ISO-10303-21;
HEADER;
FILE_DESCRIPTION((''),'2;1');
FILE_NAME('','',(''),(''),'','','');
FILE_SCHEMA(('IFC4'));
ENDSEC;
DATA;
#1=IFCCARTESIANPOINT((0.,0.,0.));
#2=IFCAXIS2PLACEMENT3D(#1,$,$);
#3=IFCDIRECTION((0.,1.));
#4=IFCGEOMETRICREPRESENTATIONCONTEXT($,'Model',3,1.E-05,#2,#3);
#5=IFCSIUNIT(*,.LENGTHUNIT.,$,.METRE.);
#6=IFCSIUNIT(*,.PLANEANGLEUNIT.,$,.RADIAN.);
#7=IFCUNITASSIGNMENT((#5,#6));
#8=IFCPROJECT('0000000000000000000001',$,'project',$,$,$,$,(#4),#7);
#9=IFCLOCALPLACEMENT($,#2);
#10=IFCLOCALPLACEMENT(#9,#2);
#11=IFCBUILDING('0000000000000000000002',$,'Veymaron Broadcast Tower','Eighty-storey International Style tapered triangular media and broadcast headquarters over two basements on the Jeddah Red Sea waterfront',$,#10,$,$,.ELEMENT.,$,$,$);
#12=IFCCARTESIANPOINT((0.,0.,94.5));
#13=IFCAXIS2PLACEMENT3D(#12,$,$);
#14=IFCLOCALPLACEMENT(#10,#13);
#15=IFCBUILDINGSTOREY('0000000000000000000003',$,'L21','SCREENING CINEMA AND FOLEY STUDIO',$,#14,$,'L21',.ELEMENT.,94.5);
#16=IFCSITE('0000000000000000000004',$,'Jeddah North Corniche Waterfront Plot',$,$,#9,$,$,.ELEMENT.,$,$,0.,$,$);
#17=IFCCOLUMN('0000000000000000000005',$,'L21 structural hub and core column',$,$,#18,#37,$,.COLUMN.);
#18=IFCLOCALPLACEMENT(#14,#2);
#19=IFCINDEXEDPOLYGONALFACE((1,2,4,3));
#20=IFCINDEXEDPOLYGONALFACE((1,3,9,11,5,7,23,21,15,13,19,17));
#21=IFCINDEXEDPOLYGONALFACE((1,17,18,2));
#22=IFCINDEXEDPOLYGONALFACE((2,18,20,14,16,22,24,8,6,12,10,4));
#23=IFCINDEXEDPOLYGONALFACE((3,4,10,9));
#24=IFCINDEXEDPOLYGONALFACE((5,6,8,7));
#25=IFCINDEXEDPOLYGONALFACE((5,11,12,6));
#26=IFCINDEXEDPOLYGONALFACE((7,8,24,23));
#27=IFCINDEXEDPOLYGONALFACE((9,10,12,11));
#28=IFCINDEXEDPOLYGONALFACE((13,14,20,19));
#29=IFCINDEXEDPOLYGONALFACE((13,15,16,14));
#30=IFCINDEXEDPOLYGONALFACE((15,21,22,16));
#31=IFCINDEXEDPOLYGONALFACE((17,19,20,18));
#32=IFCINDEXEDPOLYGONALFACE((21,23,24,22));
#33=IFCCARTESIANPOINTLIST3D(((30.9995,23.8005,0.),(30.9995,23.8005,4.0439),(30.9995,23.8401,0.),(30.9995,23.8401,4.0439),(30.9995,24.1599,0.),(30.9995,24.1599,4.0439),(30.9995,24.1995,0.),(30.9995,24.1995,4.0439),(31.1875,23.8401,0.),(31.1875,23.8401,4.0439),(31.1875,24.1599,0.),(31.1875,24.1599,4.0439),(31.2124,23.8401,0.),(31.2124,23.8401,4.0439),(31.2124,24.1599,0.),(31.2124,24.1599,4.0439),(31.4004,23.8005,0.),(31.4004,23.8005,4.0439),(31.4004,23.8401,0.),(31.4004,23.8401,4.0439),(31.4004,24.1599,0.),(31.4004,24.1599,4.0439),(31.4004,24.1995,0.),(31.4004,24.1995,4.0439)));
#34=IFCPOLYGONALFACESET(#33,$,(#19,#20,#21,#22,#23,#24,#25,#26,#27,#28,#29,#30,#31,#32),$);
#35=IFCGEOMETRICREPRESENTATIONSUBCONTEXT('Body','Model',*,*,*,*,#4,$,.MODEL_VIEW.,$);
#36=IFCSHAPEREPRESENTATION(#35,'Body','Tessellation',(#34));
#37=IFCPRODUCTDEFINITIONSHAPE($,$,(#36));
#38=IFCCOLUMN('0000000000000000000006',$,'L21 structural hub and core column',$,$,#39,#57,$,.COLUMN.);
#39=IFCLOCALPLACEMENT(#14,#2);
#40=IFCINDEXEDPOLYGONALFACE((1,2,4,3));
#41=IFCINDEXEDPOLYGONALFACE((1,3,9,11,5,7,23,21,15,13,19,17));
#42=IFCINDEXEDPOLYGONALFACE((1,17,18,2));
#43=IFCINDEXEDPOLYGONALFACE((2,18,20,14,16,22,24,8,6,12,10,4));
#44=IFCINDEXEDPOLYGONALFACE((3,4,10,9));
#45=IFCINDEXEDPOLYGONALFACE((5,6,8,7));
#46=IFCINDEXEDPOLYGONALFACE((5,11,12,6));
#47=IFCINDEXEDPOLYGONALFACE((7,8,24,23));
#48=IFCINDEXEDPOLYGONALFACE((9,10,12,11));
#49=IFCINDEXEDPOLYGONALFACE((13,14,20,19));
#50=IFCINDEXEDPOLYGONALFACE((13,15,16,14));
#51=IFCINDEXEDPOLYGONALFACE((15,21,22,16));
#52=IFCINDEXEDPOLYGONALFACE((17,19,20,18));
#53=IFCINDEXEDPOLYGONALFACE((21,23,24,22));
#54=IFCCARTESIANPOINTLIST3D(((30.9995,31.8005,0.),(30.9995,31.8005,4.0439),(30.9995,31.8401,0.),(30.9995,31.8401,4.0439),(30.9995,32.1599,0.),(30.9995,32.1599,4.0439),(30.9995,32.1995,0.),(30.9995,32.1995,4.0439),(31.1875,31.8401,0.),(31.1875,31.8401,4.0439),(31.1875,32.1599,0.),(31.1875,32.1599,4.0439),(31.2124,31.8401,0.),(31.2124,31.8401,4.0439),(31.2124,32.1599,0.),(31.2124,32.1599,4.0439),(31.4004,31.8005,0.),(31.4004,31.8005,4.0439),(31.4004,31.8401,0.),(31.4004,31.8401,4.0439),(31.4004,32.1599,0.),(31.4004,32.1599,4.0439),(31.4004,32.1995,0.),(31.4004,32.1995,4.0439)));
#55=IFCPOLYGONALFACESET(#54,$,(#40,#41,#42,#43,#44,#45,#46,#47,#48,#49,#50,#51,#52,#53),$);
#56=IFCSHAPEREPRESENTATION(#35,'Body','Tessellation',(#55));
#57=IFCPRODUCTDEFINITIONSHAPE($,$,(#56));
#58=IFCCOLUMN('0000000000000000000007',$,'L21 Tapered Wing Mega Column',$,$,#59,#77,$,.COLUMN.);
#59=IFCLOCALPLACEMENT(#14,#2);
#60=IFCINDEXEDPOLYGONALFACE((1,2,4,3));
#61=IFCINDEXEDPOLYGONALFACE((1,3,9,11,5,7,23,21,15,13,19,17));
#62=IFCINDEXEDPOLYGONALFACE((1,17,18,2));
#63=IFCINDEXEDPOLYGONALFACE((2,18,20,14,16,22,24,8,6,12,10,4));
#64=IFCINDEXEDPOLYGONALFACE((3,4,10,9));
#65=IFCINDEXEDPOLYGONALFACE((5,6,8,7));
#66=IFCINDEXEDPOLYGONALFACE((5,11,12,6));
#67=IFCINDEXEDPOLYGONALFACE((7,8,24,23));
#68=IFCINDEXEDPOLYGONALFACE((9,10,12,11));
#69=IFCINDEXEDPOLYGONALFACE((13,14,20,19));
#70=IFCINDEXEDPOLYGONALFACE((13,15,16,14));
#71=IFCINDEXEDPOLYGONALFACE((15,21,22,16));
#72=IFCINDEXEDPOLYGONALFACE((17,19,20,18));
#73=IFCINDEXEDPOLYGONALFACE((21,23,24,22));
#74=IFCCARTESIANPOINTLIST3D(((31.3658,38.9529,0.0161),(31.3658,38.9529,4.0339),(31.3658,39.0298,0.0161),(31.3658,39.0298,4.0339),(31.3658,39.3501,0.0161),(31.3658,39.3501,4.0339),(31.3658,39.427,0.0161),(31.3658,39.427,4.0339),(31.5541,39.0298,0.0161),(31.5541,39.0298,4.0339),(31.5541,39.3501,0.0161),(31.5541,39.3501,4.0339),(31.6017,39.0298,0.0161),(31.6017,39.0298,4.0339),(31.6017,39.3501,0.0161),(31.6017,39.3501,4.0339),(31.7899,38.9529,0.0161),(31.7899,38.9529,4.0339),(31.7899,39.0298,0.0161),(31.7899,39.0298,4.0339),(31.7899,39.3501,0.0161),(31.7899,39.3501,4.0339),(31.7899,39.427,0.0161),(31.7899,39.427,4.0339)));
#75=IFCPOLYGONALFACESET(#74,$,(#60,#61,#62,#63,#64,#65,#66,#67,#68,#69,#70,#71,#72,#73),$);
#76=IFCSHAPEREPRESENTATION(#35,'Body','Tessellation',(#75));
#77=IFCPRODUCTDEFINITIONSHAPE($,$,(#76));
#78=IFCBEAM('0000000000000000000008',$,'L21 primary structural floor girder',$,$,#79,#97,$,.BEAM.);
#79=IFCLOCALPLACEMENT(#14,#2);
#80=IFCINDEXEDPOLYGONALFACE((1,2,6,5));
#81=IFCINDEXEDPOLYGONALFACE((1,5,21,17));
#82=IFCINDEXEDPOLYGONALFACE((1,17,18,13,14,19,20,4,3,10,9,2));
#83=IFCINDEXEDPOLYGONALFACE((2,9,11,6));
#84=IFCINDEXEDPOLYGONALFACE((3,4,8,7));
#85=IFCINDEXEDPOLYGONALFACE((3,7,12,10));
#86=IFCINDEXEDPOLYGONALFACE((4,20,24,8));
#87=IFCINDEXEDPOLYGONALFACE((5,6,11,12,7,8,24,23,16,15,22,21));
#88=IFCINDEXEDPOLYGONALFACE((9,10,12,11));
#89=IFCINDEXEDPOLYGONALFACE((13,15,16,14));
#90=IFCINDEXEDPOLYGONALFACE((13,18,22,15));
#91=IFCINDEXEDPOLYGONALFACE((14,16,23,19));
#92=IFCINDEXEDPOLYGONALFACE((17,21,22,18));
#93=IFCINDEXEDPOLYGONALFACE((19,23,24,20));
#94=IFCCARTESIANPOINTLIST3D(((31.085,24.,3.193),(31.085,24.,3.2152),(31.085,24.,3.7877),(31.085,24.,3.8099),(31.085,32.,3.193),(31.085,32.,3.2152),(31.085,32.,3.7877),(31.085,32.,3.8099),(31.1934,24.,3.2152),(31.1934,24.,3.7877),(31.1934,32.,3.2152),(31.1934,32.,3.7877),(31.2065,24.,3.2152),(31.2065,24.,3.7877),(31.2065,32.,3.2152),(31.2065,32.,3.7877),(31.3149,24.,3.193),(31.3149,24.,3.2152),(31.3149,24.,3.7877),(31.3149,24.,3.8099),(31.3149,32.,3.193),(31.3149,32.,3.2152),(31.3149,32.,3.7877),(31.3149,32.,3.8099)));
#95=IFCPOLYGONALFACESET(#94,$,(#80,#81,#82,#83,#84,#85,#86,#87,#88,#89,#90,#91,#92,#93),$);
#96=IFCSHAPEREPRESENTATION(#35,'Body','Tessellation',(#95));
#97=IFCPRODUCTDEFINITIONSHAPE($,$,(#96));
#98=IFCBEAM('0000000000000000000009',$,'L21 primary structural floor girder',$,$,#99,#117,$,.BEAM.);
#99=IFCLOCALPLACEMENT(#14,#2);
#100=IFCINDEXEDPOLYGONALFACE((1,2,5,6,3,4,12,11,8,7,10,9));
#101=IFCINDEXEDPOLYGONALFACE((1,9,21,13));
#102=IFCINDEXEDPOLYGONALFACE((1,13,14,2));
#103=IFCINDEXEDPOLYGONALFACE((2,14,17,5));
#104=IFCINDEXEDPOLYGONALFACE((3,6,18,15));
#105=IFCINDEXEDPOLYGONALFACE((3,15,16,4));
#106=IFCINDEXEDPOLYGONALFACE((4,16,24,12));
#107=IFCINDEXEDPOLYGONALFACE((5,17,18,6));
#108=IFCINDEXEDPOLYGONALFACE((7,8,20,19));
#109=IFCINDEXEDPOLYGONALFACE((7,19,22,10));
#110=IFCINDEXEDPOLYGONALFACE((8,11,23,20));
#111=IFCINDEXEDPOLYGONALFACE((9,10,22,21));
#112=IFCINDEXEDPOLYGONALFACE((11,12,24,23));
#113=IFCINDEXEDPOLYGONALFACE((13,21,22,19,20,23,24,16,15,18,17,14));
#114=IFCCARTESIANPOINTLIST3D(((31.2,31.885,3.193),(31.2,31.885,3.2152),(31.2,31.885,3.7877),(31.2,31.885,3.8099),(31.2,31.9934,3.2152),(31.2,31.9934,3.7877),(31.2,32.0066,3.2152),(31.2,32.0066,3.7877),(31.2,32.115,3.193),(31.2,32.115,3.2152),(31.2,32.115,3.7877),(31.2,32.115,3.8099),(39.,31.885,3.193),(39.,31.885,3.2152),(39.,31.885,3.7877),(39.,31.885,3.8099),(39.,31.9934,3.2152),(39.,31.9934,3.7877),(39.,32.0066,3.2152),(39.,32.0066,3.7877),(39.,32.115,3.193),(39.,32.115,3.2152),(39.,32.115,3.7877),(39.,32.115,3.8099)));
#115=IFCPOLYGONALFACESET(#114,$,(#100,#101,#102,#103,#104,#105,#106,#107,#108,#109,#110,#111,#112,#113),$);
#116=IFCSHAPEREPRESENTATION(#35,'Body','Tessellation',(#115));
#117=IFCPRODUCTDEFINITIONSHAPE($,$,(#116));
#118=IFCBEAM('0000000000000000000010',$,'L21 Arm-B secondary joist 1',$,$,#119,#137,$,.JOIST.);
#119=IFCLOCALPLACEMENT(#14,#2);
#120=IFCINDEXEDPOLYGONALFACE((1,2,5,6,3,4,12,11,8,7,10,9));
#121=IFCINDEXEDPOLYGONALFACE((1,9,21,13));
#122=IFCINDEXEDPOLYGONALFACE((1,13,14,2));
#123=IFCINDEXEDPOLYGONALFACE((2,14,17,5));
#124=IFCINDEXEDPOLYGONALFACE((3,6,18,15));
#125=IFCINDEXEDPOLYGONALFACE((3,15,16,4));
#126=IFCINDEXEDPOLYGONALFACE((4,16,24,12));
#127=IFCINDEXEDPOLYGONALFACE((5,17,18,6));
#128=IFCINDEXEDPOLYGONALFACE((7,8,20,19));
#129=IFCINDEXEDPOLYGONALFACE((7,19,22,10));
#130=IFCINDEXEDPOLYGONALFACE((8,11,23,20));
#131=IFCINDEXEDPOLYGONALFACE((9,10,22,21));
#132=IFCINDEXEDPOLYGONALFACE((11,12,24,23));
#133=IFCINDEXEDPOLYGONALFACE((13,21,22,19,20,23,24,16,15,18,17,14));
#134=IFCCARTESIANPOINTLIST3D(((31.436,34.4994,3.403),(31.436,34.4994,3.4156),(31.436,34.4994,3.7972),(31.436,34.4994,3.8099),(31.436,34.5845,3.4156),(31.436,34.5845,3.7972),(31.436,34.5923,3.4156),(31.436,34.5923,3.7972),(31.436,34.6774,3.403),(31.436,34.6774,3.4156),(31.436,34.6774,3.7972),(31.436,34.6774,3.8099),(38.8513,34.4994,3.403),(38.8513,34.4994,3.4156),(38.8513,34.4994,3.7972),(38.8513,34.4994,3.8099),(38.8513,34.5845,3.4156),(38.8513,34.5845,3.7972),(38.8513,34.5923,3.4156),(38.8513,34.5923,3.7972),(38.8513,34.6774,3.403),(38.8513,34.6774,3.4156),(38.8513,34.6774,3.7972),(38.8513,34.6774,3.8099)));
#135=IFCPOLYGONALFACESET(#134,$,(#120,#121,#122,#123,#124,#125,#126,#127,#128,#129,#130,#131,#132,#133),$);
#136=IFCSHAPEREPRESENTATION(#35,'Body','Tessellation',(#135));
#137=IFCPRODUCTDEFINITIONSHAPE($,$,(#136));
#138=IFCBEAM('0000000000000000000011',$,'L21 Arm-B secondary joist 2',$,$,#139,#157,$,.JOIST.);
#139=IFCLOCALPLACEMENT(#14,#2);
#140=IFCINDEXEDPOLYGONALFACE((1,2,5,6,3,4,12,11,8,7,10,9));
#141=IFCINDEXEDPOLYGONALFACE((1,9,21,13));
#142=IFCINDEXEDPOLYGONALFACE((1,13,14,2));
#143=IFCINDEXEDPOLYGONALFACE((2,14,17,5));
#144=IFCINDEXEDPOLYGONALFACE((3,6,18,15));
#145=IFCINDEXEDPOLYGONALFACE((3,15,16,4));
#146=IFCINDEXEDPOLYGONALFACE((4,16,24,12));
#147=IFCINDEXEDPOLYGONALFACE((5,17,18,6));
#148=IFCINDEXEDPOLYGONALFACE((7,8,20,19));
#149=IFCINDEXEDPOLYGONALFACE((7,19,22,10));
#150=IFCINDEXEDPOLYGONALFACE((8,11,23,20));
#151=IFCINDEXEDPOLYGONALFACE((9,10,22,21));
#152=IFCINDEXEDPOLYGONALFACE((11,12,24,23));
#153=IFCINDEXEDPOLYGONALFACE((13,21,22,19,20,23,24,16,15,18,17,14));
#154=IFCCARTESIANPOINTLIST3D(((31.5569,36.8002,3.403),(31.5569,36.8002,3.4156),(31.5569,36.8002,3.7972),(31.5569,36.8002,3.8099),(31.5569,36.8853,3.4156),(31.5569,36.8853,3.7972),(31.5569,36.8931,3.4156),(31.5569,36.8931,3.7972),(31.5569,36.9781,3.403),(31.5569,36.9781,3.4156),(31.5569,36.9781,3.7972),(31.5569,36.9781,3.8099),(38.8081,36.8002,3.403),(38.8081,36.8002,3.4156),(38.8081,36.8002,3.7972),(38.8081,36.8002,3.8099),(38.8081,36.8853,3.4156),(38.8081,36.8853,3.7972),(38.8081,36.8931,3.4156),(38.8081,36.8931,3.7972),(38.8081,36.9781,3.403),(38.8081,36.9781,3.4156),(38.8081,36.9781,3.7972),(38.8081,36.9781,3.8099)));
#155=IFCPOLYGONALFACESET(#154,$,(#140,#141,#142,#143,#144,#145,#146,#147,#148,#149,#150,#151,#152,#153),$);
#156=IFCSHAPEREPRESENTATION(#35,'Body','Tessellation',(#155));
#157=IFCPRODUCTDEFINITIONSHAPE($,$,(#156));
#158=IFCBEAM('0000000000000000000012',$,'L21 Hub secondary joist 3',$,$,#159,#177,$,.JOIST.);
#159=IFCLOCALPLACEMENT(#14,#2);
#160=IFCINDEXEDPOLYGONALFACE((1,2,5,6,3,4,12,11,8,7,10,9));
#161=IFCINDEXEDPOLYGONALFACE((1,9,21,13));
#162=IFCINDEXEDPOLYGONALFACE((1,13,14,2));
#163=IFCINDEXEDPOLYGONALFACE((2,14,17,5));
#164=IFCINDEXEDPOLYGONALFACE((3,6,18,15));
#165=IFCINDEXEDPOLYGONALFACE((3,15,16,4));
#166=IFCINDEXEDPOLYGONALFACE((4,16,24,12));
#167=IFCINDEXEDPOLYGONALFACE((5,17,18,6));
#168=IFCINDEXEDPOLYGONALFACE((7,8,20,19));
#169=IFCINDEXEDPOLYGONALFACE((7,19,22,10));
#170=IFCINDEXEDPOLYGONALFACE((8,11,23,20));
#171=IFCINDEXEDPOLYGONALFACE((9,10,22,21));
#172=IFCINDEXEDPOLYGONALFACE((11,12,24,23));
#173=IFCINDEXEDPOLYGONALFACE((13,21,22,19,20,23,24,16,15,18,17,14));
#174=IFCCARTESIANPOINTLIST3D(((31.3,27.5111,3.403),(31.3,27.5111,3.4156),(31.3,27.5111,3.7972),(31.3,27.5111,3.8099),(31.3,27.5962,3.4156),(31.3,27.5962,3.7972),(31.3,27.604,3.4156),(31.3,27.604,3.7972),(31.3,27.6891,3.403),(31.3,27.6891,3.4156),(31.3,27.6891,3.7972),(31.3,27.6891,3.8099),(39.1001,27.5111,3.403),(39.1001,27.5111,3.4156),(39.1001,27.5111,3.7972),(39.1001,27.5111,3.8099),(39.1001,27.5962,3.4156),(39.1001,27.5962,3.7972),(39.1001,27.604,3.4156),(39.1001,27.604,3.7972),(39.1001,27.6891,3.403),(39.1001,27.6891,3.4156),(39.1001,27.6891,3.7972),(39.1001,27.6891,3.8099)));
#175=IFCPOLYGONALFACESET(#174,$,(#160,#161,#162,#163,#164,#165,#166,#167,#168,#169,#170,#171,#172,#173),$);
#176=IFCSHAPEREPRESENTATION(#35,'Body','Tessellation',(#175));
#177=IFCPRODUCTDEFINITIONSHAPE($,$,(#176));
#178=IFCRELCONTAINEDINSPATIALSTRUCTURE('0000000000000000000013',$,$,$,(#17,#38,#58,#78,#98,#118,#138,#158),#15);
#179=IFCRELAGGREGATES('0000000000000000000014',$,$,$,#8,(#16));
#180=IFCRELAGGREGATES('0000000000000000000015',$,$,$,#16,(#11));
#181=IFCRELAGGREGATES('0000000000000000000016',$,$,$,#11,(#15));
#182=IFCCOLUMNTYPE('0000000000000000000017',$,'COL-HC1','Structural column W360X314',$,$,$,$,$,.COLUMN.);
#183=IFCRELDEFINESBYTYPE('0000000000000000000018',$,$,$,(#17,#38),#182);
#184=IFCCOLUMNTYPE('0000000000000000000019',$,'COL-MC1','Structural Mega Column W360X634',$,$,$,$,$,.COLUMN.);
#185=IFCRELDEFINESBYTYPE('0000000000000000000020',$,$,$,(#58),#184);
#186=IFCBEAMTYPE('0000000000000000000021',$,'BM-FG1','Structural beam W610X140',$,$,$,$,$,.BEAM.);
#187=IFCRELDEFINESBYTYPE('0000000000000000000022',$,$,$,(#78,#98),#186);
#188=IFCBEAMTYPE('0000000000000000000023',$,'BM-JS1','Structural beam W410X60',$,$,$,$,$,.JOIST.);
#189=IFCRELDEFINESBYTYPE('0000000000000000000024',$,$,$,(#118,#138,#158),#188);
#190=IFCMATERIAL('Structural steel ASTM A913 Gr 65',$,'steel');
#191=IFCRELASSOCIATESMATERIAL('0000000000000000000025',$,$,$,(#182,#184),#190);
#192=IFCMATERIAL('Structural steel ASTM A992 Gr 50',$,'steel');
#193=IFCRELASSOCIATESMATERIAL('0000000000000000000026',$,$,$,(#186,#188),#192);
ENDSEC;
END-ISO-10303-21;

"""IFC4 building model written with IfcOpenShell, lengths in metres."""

from ifc_helpers import new_model, si_unit, direction, frame, origin, origin_2d, place, context, subcontext, project, spatial, i_section, extrude, material, material_profile, profile_set, type_object, element, save


model = new_model("IFC4")

# Units and contexts
model_context = context("Model", 3, precision=1e-05, world=origin(), true_north=direction((0.0, 1.0)))
body_context = subcontext(model_context, "Body", "Model", "MODEL_VIEW")
ifc_project = project(units=[si_unit("LENGTHUNIT", "METRE"), si_unit("PLANEANGLEUNIT", "RADIAN")], contexts=[model_context])

# Site, building, storey
site_placement = place(None, origin())
site = spatial("IfcSite", under=ifc_project, at=site_placement, Name="Jeddah North Corniche Waterfront Plot", CompositionType="ELEMENT", RefElevation=0.0)
building_placement = place(site_placement, origin())
building = spatial("IfcBuilding", under=site, at=building_placement, Name="Veymaron Broadcast Tower", Description="Eighty-storey International Style tapered triangular media and broadcast headquarters over two basements on the Jeddah Red Sea waterfront", CompositionType="ELEMENT")
storey_placement = place(building_placement, frame((0.0, 0.0, 94.5)))
storey = spatial("IfcBuildingStorey", under=building, at=storey_placement, Name="L21", Description="SCREENING CINEMA AND FOLEY STUDIO", LongName="L21", CompositionType="ELEMENT", Elevation=94.5)

# Columns
ifc_material_1 = material(Name="Structural steel ASTM A913 Gr 65", Category="steel")
ifc_material_profile_1 = material_profile(ifc_material_1, i_section(OverallWidth=0.4009, OverallDepth=0.3989, WebThickness=0.0249, FlangeThickness=0.0396, at=origin_2d()), Name="W360X314")
ifc_profile_set_1 = profile_set([ifc_material_profile_1], Name="Structural steel ASTM A913 Gr 65")
column_type_1 = type_object("IfcColumnType", Name="COL-HC1", Description="Structural column W360X314", PredefinedType="COLUMN", material=ifc_profile_set_1)
for number, where, z_axis, x_axis, name in (
    (1, (31.2, 24.0, 0.0), (0.0, 0.0, 1.0), (1.0, 0.0, 0.0), "L21 structural hub and core column"),
    (2, (31.2, 32.0, 0.0), (0.0, 0.0, 1.0), (1.0, 0.0, 0.0), "L21 structural hub and core column"),
):
    element("IfcColumn", number, at=place(storey_placement, frame(where, z_axis=z_axis, x_axis=x_axis)), inside=storey, type_object=column_type_1, Name=name, PredefinedType="COLUMN", context=body_context, shape_type="SweptSolid", body=[
        extrude(i_section(OverallWidth=0.4009, OverallDepth=0.3989, WebThickness=0.0249, FlangeThickness=0.0396, at=origin_2d()), origin(), (0.0, 0.0, 1.0), 4.0439),
    ])
ifc_material_profile_2 = material_profile(ifc_material_1, i_section(OverallWidth=0.4241, OverallDepth=0.4741, WebThickness=0.0476, FlangeThickness=0.0769, at=origin_2d()), Name="W360X634")
ifc_profile_set_2 = profile_set([ifc_material_profile_2], Name="Structural steel ASTM A913 Gr 65")
column_type_2 = type_object("IfcColumnType", Name="COL-MC1", Description="Structural Mega Column W360X634", PredefinedType="COLUMN", material=ifc_profile_set_2)
column_placement = place(storey_placement, frame((31.5779, 39.1899, 0.0161), z_axis=(0.0, 0.0, 1.0), x_axis=(1.0, 0.0, 0.0)))
element("IfcColumn", 3, at=column_placement, inside=storey, type_object=column_type_2, Name="L21 Tapered Wing Mega Column", PredefinedType="COLUMN", context=body_context, shape_type="SweptSolid", body=[
    extrude(i_section(OverallWidth=0.4241, OverallDepth=0.4741, WebThickness=0.0476, FlangeThickness=0.0769, at=origin_2d()), origin(), (0.0, 0.0, 1.0), 4.0178),
])

# Beams
ifc_material_2 = material(Name="Structural steel ASTM A992 Gr 50", Category="steel")
ifc_material_profile_3 = material_profile(ifc_material_2, i_section(OverallWidth=0.23, OverallDepth=0.6169, WebThickness=0.0132, FlangeThickness=0.0222, at=origin_2d()), Name="W610X140")
ifc_profile_set_3 = profile_set([ifc_material_profile_3], Name="Structural steel ASTM A992 Gr 50")
beam_type_1 = type_object("IfcBeamType", Name="BM-FG1", Description="Structural beam W610X140", PredefinedType="BEAM", material=ifc_profile_set_3)
beam_1_placement = place(storey_placement, frame((31.2, 24.0, 3.5015), z_axis=(0.0, 1.0, 0.0), x_axis=(-1.0, 0.0, 0.0)))
element("IfcBeam", 4, at=beam_1_placement, inside=storey, type_object=beam_type_1, Name="L21 primary structural floor girder", PredefinedType="BEAM", context=body_context, shape_type="SweptSolid", body=[
    extrude(i_section(OverallWidth=0.23, OverallDepth=0.6169, WebThickness=0.0132, FlangeThickness=0.0222, at=origin_2d()), origin(), (0.0, 0.0, 1.0), 8.0),
])
beam_2_placement = place(storey_placement, frame((31.2, 32.0, 3.5015), z_axis=(1.0, 0.0, 0.0), x_axis=(0.0, 1.0, 0.0)))
element("IfcBeam", 5, at=beam_2_placement, inside=storey, type_object=beam_type_1, Name="L21 primary structural floor girder", PredefinedType="BEAM", context=body_context, shape_type="SweptSolid", body=[
    extrude(i_section(OverallWidth=0.23, OverallDepth=0.6169, WebThickness=0.0132, FlangeThickness=0.0222, at=origin_2d()), origin(), (0.0, 0.0, 1.0), 7.8),
])
ifc_material_profile_4 = material_profile(ifc_material_2, i_section(OverallWidth=0.178, OverallDepth=0.407, WebThickness=0.0078, FlangeThickness=0.0127, at=origin_2d()), Name="W410X60")
ifc_profile_set_4 = profile_set([ifc_material_profile_4], Name="Structural steel ASTM A992 Gr 50")
beam_type_2 = type_object("IfcBeamType", Name="BM-JS1", Description="Structural beam W410X60", PredefinedType="JOIST", material=ifc_profile_set_4)
beam_3_placement = place(storey_placement, frame((31.436, 34.5884, 3.6064), z_axis=(1.0, 0.0, 0.0), x_axis=(0.0, 1.0, 0.0)))
element("IfcBeam", 6, at=beam_3_placement, inside=storey, type_object=beam_type_2, Name="L21 Arm-B secondary joist 1", PredefinedType="JOIST", context=body_context, shape_type="SweptSolid", body=[
    extrude(i_section(OverallWidth=0.178, OverallDepth=0.407, WebThickness=0.0078, FlangeThickness=0.0127, at=origin_2d()), origin(), (0.0, 0.0, 1.0), 7.4153),
])
beam_4_placement = place(storey_placement, frame((31.5569, 36.8892, 3.6064), z_axis=(1.0, 0.0, 0.0), x_axis=(0.0, 1.0, 0.0)))
element("IfcBeam", 7, at=beam_4_placement, inside=storey, type_object=beam_type_2, Name="L21 Arm-B secondary joist 2", PredefinedType="JOIST", context=body_context, shape_type="SweptSolid", body=[
    extrude(i_section(OverallWidth=0.178, OverallDepth=0.407, WebThickness=0.0078, FlangeThickness=0.0127, at=origin_2d()), origin(), (0.0, 0.0, 1.0), 7.2512),
])
for number, where, z_axis, x_axis, name in (
    (8, (31.3, 27.6001, 3.6064), (1.0, 0.0, 0.0), (0.0, 1.0, 0.0), "L21 Hub secondary joist 3"),
):
    element("IfcBeam", number, at=place(storey_placement, frame(where, z_axis=z_axis, x_axis=x_axis)), inside=storey, type_object=beam_type_2, Name=name, PredefinedType="JOIST", context=body_context, shape_type="SweptSolid", body=[
        extrude(i_section(OverallWidth=0.178, OverallDepth=0.407, WebThickness=0.0078, FlangeThickness=0.0127, at=origin_2d()), origin(), (0.0, 0.0, 1.0), 7.8),
    ])

save(model, "model.ifc")
